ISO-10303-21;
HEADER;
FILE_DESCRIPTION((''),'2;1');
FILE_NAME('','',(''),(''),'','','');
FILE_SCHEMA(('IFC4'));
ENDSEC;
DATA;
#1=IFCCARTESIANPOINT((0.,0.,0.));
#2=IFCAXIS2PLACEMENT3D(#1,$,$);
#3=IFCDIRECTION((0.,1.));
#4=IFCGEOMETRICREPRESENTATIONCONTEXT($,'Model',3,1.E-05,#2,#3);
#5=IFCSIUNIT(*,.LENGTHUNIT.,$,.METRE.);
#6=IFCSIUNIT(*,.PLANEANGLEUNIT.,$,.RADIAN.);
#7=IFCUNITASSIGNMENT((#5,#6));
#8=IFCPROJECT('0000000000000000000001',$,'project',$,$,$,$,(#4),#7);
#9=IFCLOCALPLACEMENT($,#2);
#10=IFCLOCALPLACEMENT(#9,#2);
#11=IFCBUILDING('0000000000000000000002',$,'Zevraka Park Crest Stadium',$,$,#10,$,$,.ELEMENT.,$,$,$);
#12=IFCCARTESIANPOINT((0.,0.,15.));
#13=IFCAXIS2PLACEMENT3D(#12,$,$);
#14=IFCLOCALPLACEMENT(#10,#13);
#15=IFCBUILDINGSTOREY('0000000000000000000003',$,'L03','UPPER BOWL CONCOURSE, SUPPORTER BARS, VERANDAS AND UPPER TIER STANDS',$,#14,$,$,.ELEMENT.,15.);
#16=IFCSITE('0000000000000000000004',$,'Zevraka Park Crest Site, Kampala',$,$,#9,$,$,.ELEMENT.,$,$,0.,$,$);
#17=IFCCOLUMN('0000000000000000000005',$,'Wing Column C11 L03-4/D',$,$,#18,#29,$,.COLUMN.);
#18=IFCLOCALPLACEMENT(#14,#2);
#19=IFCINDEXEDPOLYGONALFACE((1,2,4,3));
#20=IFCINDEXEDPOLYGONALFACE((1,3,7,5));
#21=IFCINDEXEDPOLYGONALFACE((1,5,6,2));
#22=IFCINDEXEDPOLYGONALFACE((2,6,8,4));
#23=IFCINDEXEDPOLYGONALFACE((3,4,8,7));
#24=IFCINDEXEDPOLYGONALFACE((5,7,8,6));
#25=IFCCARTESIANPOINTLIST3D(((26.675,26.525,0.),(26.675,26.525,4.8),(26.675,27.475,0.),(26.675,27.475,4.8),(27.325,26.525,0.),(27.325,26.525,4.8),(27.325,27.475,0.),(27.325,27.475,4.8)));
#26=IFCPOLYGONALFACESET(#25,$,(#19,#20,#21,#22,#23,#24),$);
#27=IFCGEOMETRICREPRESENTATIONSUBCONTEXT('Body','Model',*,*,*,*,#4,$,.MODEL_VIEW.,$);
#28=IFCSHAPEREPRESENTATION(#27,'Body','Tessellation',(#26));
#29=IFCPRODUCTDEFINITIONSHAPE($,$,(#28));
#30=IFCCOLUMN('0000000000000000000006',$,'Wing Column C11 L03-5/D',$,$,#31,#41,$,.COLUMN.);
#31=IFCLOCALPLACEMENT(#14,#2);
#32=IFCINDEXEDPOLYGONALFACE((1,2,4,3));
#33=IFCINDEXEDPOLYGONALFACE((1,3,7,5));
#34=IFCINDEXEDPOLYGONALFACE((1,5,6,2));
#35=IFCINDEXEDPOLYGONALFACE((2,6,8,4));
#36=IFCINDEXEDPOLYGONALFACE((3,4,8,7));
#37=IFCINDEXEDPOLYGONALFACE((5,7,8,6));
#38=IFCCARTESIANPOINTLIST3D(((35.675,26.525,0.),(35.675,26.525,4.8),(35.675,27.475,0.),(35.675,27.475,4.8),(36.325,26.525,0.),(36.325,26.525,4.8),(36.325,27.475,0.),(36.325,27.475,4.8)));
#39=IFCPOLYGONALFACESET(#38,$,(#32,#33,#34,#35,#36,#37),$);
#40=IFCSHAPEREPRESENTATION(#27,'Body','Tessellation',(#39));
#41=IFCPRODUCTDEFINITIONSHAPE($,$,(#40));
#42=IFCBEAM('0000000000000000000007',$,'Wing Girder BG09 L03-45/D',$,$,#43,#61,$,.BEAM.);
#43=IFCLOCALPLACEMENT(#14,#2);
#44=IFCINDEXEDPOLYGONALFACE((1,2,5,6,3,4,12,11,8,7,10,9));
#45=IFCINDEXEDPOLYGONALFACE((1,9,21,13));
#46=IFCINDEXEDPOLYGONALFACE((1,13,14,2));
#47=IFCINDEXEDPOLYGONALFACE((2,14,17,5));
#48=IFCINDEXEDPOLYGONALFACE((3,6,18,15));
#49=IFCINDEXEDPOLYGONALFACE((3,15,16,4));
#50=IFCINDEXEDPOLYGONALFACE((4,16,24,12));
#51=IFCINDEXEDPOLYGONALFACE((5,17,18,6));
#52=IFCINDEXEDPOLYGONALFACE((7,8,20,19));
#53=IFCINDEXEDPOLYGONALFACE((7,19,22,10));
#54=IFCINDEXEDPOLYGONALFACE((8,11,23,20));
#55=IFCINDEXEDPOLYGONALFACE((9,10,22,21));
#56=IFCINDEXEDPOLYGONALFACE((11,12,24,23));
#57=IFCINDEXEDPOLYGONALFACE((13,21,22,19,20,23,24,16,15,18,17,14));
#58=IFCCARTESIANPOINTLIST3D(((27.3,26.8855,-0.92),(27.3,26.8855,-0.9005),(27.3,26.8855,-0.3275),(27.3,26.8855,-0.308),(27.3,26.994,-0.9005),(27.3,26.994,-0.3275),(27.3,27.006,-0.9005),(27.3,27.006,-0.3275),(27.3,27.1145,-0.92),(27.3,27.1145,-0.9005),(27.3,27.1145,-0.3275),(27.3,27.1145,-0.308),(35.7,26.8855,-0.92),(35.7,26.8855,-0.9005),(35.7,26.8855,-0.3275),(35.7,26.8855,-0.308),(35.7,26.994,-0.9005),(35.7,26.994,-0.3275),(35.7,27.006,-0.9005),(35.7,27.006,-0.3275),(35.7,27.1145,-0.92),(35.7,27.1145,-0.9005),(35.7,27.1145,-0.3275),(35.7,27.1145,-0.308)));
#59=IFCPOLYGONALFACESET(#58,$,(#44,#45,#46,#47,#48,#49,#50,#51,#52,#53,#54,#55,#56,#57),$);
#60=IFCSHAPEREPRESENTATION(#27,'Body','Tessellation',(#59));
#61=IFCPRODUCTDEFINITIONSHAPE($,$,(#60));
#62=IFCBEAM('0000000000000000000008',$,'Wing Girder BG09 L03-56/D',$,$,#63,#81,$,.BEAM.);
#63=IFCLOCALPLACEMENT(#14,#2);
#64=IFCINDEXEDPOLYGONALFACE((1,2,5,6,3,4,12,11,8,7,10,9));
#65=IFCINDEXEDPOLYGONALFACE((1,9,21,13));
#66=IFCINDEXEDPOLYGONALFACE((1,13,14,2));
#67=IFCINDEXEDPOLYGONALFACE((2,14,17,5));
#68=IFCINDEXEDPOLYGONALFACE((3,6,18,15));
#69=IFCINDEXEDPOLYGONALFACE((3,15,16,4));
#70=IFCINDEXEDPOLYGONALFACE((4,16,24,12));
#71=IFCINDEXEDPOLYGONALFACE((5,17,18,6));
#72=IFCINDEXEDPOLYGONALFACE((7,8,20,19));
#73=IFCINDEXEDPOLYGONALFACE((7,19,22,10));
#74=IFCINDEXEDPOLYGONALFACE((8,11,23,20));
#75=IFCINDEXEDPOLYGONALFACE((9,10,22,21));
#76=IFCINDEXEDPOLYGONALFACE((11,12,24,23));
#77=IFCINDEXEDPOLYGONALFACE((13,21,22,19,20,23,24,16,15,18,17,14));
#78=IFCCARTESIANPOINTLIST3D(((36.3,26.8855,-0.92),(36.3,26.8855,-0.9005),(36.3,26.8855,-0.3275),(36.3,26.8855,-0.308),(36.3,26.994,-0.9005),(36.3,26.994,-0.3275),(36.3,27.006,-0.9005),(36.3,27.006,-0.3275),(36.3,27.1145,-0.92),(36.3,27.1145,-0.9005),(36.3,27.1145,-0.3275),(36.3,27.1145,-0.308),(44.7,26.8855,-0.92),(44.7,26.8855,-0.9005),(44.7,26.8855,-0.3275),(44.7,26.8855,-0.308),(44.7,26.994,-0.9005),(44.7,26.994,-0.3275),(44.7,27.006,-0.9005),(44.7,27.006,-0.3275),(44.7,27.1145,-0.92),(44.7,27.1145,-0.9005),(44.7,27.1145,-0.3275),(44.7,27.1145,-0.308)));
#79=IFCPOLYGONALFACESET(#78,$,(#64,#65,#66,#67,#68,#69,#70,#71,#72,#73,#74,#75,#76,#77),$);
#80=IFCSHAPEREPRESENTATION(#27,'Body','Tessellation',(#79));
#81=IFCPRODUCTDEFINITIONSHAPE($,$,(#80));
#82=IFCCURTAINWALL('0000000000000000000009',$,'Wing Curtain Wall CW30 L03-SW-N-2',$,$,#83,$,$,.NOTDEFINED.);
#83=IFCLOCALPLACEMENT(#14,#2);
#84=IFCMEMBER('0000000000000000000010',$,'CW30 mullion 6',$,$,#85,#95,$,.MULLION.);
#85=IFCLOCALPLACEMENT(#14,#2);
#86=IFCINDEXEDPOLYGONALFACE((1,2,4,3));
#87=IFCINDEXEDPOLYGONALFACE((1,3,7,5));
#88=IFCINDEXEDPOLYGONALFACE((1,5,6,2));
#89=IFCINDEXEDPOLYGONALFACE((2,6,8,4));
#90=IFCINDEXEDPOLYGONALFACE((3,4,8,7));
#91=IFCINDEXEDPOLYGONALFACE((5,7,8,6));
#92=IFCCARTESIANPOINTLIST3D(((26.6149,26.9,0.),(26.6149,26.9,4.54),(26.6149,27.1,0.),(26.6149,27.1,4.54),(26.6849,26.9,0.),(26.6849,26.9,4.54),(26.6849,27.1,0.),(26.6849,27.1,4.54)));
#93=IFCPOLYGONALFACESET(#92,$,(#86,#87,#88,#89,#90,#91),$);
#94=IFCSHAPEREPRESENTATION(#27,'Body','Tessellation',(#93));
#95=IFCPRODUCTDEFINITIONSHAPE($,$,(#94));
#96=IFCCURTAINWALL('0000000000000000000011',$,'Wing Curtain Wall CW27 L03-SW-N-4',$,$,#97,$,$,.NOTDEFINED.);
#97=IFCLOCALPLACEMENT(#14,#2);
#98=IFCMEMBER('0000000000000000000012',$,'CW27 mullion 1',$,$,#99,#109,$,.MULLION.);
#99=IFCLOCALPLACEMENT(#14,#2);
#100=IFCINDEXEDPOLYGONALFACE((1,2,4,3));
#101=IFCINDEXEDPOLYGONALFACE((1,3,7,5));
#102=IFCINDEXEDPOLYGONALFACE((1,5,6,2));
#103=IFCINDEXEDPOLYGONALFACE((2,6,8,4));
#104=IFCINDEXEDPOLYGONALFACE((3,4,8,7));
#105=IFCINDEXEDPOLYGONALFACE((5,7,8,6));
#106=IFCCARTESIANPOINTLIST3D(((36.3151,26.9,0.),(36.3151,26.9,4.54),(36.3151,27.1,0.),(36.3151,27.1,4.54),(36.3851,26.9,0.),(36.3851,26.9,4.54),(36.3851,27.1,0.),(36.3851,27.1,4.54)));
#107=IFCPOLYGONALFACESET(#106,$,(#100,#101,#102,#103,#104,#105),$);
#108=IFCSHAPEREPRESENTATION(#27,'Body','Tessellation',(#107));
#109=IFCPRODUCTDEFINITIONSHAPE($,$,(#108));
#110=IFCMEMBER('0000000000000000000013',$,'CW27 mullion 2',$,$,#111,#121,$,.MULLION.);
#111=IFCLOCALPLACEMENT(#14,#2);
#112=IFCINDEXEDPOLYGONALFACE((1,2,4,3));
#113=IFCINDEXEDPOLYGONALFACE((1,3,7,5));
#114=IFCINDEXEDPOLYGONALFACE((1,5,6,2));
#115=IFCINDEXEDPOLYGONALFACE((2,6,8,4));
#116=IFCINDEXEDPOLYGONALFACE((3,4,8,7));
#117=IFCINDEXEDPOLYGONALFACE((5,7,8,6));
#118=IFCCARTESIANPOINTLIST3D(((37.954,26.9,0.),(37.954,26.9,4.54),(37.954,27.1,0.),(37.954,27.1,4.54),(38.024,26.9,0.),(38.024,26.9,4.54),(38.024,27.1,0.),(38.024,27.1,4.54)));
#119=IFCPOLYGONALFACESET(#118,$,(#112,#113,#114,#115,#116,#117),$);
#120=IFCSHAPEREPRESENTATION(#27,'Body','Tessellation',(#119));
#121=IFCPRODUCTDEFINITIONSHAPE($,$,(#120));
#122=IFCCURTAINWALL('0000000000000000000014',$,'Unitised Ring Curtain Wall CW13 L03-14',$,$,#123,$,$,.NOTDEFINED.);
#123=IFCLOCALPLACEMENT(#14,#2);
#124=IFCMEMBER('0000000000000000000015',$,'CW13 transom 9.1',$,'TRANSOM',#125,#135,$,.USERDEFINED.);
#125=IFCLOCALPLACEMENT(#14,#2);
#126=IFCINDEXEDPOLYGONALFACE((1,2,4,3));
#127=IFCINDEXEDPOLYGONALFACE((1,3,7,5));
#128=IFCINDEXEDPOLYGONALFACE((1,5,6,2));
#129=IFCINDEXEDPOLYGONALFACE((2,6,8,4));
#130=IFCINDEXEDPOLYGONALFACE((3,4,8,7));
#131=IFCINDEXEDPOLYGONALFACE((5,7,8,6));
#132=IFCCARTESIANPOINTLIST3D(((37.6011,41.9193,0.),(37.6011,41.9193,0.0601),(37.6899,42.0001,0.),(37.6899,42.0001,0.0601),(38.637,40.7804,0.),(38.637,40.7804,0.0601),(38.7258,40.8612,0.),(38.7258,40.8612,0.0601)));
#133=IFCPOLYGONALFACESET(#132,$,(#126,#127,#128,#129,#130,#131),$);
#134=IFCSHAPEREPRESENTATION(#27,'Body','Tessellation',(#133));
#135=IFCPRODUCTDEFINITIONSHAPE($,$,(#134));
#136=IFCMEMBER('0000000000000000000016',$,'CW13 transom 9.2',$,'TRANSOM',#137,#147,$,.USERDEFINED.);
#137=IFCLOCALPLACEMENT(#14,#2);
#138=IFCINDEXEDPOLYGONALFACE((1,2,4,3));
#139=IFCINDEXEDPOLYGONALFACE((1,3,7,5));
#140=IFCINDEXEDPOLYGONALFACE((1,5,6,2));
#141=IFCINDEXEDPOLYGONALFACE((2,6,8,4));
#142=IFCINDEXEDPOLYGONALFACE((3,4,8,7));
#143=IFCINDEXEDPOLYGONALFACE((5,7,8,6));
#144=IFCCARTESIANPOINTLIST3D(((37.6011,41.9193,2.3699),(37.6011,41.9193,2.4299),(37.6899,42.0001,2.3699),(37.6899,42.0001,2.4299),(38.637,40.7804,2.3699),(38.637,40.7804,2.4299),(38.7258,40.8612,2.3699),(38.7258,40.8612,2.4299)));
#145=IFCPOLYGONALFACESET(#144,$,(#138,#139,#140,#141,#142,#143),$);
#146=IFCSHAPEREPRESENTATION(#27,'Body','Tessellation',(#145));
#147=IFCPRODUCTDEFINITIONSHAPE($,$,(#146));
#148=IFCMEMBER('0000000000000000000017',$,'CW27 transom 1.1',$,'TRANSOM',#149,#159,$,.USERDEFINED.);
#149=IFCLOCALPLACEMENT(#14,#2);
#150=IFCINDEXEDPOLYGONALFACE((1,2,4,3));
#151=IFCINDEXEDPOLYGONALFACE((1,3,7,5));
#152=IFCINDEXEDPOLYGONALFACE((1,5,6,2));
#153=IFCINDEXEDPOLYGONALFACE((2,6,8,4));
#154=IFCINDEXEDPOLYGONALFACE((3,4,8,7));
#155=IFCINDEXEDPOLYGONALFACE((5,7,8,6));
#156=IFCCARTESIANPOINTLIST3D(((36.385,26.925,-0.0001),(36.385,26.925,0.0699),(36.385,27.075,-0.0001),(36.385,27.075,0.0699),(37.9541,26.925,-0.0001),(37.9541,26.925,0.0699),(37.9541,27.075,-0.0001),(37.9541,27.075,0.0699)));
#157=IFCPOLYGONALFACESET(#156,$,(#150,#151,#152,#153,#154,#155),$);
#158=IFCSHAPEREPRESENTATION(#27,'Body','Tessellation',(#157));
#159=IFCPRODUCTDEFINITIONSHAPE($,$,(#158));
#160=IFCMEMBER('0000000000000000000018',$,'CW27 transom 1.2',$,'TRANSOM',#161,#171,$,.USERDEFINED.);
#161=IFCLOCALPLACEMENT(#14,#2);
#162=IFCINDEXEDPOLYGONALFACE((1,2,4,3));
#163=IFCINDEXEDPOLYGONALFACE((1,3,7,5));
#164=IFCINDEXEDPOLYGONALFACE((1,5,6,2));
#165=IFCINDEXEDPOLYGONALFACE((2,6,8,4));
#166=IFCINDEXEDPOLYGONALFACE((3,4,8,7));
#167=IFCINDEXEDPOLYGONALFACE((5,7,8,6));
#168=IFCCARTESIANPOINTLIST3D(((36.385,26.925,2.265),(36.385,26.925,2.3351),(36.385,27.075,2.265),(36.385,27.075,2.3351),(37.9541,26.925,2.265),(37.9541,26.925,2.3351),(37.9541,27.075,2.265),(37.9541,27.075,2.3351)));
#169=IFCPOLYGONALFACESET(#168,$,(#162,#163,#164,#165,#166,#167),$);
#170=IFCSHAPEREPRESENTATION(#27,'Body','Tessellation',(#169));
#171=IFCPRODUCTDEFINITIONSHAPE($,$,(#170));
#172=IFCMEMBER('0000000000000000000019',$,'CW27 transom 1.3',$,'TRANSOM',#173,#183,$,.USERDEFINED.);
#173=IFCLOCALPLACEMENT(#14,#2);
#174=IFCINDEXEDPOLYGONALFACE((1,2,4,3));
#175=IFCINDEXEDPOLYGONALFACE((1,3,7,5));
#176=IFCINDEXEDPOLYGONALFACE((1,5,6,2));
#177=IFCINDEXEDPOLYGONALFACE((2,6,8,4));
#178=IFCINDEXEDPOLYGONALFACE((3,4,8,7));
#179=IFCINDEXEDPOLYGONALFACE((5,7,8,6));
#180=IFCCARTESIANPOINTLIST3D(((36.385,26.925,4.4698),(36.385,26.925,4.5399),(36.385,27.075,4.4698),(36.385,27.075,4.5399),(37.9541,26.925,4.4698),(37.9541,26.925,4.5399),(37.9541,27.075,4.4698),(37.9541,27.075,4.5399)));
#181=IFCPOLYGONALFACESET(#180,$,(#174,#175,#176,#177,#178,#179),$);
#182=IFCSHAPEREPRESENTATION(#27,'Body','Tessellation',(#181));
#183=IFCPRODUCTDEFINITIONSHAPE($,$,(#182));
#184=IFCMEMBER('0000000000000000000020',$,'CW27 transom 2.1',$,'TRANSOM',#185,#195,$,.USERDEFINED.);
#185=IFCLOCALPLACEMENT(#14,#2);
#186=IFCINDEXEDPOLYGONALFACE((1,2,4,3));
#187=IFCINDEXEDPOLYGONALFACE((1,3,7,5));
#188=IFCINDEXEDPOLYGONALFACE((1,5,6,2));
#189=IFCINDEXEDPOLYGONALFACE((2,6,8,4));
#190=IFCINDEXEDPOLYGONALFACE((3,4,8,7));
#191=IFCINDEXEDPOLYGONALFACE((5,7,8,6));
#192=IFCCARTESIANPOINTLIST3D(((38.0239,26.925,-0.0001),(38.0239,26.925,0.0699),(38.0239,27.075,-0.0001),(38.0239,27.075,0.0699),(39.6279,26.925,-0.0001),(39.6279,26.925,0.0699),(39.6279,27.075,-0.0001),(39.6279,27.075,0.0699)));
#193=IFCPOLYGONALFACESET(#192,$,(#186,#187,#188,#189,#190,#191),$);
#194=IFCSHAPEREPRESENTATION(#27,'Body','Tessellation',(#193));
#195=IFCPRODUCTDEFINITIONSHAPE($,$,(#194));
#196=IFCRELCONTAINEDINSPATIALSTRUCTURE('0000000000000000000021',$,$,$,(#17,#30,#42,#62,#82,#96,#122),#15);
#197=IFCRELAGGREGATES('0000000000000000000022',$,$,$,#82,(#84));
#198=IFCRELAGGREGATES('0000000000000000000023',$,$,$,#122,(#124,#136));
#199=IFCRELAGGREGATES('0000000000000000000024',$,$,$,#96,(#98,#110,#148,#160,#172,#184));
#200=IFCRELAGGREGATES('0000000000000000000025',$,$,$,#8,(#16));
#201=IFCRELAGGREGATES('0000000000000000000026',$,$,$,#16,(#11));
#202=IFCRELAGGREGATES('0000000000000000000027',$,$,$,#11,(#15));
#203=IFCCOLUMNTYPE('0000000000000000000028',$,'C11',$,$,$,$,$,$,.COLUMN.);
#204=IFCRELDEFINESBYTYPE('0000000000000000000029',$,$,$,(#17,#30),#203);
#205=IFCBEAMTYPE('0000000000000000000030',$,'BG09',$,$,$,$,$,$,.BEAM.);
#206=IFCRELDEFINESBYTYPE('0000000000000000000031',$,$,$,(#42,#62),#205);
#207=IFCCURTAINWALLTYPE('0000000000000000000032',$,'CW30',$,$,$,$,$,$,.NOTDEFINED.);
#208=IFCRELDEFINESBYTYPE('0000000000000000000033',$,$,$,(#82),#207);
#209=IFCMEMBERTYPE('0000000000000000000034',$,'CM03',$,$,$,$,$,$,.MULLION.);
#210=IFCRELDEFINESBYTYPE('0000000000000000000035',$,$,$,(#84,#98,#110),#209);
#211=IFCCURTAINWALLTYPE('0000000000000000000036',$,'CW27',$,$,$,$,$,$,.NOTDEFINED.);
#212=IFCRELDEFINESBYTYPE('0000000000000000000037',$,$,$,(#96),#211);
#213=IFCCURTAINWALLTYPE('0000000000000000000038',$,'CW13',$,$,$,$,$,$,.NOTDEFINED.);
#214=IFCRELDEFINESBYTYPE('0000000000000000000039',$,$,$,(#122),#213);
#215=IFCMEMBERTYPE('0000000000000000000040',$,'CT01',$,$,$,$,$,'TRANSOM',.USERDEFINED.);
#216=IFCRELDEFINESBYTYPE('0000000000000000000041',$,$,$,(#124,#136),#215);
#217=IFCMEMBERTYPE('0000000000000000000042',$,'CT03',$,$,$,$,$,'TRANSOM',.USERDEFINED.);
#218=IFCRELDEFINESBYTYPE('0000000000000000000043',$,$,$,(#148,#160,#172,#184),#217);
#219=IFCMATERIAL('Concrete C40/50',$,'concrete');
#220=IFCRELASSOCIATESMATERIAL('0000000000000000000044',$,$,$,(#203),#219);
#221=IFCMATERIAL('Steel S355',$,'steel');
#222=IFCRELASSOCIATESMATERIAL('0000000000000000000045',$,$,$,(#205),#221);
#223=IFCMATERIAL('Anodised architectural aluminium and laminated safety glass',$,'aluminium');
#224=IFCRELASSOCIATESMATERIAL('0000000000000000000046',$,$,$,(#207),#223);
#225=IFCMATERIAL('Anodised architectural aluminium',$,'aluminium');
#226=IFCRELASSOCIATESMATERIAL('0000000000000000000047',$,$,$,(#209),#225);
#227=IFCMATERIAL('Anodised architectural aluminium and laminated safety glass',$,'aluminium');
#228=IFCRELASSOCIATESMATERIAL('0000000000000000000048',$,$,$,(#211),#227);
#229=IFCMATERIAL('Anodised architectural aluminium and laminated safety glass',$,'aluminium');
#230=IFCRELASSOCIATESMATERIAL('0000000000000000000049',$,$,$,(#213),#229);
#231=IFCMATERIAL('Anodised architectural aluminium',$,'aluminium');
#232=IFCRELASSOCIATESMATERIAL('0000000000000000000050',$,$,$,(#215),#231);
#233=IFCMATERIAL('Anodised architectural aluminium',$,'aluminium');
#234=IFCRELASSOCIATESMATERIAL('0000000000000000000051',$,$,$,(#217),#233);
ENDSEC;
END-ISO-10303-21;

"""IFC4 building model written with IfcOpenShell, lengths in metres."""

from ifc_helpers import new_model, si_unit, direction, frame, origin, origin_2d, place, context, subcontext, project, spatial, rectangle, i_section, extrude, material, material_profile, profile_set, type_object, element, aggregate, save


model = new_model("IFC4")

# Units and contexts
model_context = context("Model", 3, precision=1e-05, world=origin(), true_north=direction((0.0, 1.0)))
body_context = subcontext(model_context, "Body", "Model", "MODEL_VIEW")
ifc_project = project(units=[si_unit("LENGTHUNIT", "METRE"), si_unit("PLANEANGLEUNIT", "RADIAN")], contexts=[model_context])

# Site, building, storey
site_placement = place(None, origin())
site = spatial("IfcSite", under=ifc_project, at=site_placement, Name="Zevraka Park Crest Site, Kampala", CompositionType="ELEMENT", RefElevation=0.0)
building_placement = place(site_placement, origin())
building = spatial("IfcBuilding", under=site, at=building_placement, Name="Zevraka Park Crest Stadium", CompositionType="ELEMENT")
storey_placement = place(building_placement, frame((0.0, 0.0, 15.0)))
storey = spatial("IfcBuildingStorey", under=building, at=storey_placement, Name="L03", Description="UPPER BOWL CONCOURSE, SUPPORTER BARS, VERANDAS AND UPPER TIER STANDS", CompositionType="ELEMENT", Elevation=15.0)

# Columns
ifc_material_1 = material(Name="Concrete C40/50", Category="concrete")
ifc_material_profile_1 = material_profile(ifc_material_1, rectangle(XDim=0.6499, YDim=0.95, at=origin_2d()), Name="RC 950x650")
ifc_profile_set_1 = profile_set([ifc_material_profile_1], Name="Concrete C40/50")
column_type = type_object("IfcColumnType", Name="C11", PredefinedType="COLUMN", material=ifc_profile_set_1)
for number, where, z_axis, x_axis, name in (
    (1, (27.0, 27.0, 0.0), (0.0, 0.0, 1.0), (1.0, 0.0, 0.0), "Wing Column C11 L03-4/D"),
    (2, (36.0, 27.0, 0.0), (0.0, 0.0, 1.0), (1.0, 0.0, 0.0), "Wing Column C11 L03-5/D"),
):
    element("IfcColumn", number, at=place(storey_placement, frame(where, z_axis=z_axis, x_axis=x_axis)), inside=storey, type_object=column_type, Name=name, PredefinedType="COLUMN", context=body_context, shape_type="SweptSolid", body=[
        extrude(rectangle(XDim=0.6499, YDim=0.95, at=origin_2d()), origin(), (0.0, 0.0, 1.0), 4.8),
    ])

# Beams
ifc_material_2 = material(Name="Steel S355", Category="steel")
ifc_material_profile_2 = material_profile(ifc_material_2, i_section(OverallWidth=0.229, OverallDepth=0.6121, WebThickness=0.012, FlangeThickness=0.0195, at=origin_2d()), Name="UKB 610x229x125")
ifc_profile_set_2 = profile_set([ifc_material_profile_2], Name="Steel S355")
beam_type = type_object("IfcBeamType", Name="BG09", PredefinedType="BEAM", material=ifc_profile_set_2)
for number, where, z_axis, x_axis, name in (
    (3, (27.3, 27.0, -0.614), (1.0, 0.0, 0.0), (0.0, 1.0, 0.0), "Wing Girder BG09 L03-45/D"),
    (4, (36.3, 27.0, -0.614), (1.0, 0.0, 0.0), (0.0, 1.0, 0.0), "Wing Girder BG09 L03-56/D"),
):
    element("IfcBeam", number, at=place(storey_placement, frame(where, z_axis=z_axis, x_axis=x_axis)), inside=storey, type_object=beam_type, Name=name, PredefinedType="BEAM", context=body_context, shape_type="SweptSolid", body=[
        extrude(i_section(OverallWidth=0.229, OverallDepth=0.6121, WebThickness=0.012, FlangeThickness=0.0195, at=origin_2d()), origin(), (0.0, 0.0, 1.0), 8.3999),
    ])

# Curtain wall, member
ifc_material_3 = material(Name="Anodised architectural aluminium and laminated safety glass", Category="aluminium")
curtain_wall_type_1 = type_object("IfcCurtainWallType", Name="CW30", PredefinedType="NOTDEFINED", material=ifc_material_3)
curtain_wall_1_placement = place(storey_placement, origin())
curtain_wall_1 = element("IfcCurtainWall", 5, at=curtain_wall_1_placement, inside=storey, type_object=curtain_wall_type_1, Name="Wing Curtain Wall CW30 L03-SW-N-2", PredefinedType="NOTDEFINED")
ifc_material_4 = material(Name="Anodised architectural aluminium", Category="aluminium")
ifc_material_profile_3 = material_profile(ifc_material_4, rectangle(XDim=0.2, YDim=0.0701, at=origin_2d()), Name="ALU MULLION 200x70")
ifc_profile_set_3 = profile_set([ifc_material_profile_3], Name="Anodised architectural aluminium")
member_type_1 = type_object("IfcMemberType", Name="CM03", PredefinedType="MULLION", material=ifc_profile_set_3)
member_1_placement = place(storey_placement, frame((26.6499, 27.0, 0.0), z_axis=(0.0, 0.0, 1.0), x_axis=(0.0, 1.0, 0.0)))
member_1 = element("IfcMember", 6, at=member_1_placement, type_object=member_type_1, Name="CW30 mullion 6", PredefinedType="MULLION", context=body_context, shape_type="SweptSolid", body=[
    extrude(rectangle(XDim=0.2, YDim=0.0701, at=origin_2d()), origin(), (0.0, 0.0, 1.0), 4.54),
])
aggregate(curtain_wall_1, [member_1])

# Curtain walls, members
ifc_material_5 = material(Name="Anodised architectural aluminium and laminated safety glass", Category="aluminium")
curtain_wall_type_2 = type_object("IfcCurtainWallType", Name="CW27", PredefinedType="NOTDEFINED", material=ifc_material_5)
curtain_wall_2_placement = place(storey_placement, origin())
curtain_wall_2 = element("IfcCurtainWall", 7, at=curtain_wall_2_placement, inside=storey, type_object=curtain_wall_type_2, Name="Wing Curtain Wall CW27 L03-SW-N-4", PredefinedType="NOTDEFINED")
member_2_placement = place(storey_placement, frame((36.3501, 27.0, 0.0), z_axis=(0.0, 0.0, 1.0), x_axis=(0.0, 1.0, 0.0)))
member_2 = element("IfcMember", 8, at=member_2_placement, type_object=member_type_1, Name="CW27 mullion 1", PredefinedType="MULLION", context=body_context, shape_type="SweptSolid", body=[
    extrude(rectangle(XDim=0.2, YDim=0.0701, at=origin_2d()), origin(), (0.0, 0.0, 1.0), 4.54),
])
member_3_placement = place(storey_placement, frame((37.989, 27.0, 0.0), z_axis=(0.0, 0.0, 1.0), x_axis=(0.0, 1.0, 0.0)))
member_3 = element("IfcMember", 9, at=member_3_placement, type_object=member_type_1, Name="CW27 mullion 2", PredefinedType="MULLION", context=body_context, shape_type="SweptSolid", body=[
    extrude(rectangle(XDim=0.2, YDim=0.0701, at=origin_2d()), origin(), (0.0, 0.0, 1.0), 4.54),
])
ifc_material_6 = material(Name="Anodised architectural aluminium and laminated safety glass", Category="aluminium")
curtain_wall_type_3 = type_object("IfcCurtainWallType", Name="CW13", PredefinedType="NOTDEFINED", material=ifc_material_6)
curtain_wall_3_placement = place(storey_placement, origin())
curtain_wall_3 = element("IfcCurtainWall", 10, at=curtain_wall_3_placement, inside=storey, type_object=curtain_wall_type_3, Name="Unitised Ring Curtain Wall CW13 L03-14", PredefinedType="NOTDEFINED")
ifc_material_7 = material(Name="Anodised architectural aluminium", Category="aluminium")
ifc_material_profile_4 = material_profile(ifc_material_7, rectangle(XDim=0.1201, YDim=0.0601, at=origin_2d()), Name="ALU TRANSOM 120x60")
ifc_profile_set_4 = profile_set([ifc_material_profile_4], Name="Anodised architectural aluminium")
member_type_2 = type_object("IfcMemberType", Name="CT01", ElementType="TRANSOM", PredefinedType="USERDEFINED", material=ifc_profile_set_4)
member_4_placement = place(storey_placement, frame((37.6455, 41.9597, 0.03), z_axis=(0.672854, -0.739775, 0.0), x_axis=(0.739775, 0.672854, 0.0)))
member_4 = element("IfcMember", 11, at=member_4_placement, type_object=member_type_2, Name="CW13 transom 9.1", ObjectType="TRANSOM", PredefinedType="USERDEFINED", context=body_context, shape_type="SweptSolid", body=[
    extrude(rectangle(XDim=0.1201, YDim=0.0601, at=origin_2d()), origin(), (0.0, 0.0, 1.0), 1.5396),
])
member_5_placement = place(storey_placement, frame((37.6455, 41.9597, 2.3999), z_axis=(0.672854, -0.739775, 0.0), x_axis=(0.739775, 0.672854, 0.0)))
member_5 = element("IfcMember", 12, at=member_5_placement, type_object=member_type_2, Name="CW13 transom 9.2", ObjectType="TRANSOM", PredefinedType="USERDEFINED", context=body_context, shape_type="SweptSolid", body=[
    extrude(rectangle(XDim=0.1201, YDim=0.0601, at=origin_2d()), origin(), (0.0, 0.0, 1.0), 1.5396),
])
aggregate(curtain_wall_3, [member_4, member_5])

# Members
ifc_material_8 = material(Name="Anodised architectural aluminium", Category="aluminium")
ifc_material_profile_5 = material_profile(ifc_material_8, rectangle(XDim=0.1499, YDim=0.0701, at=origin_2d()), Name="ALU TRANSOM 150x70")
ifc_profile_set_5 = profile_set([ifc_material_profile_5], Name="Anodised architectural aluminium")
member_type_3 = type_object("IfcMemberType", Name="CT03", ElementType="TRANSOM", PredefinedType="USERDEFINED", material=ifc_profile_set_5)
member_6_placement = place(storey_placement, frame((36.385, 27.0, 0.0349), z_axis=(1.0, 0.0, 0.0), x_axis=(0.0, 1.0, 0.0)))
member_6 = element("IfcMember", 13, at=member_6_placement, type_object=member_type_3, Name="CW27 transom 1.1", ObjectType="TRANSOM", PredefinedType="USERDEFINED", context=body_context, shape_type="SweptSolid", body=[
    extrude(rectangle(XDim=0.1499, YDim=0.0701, at=origin_2d()), origin(), (0.0, 0.0, 1.0), 1.5691),
])
member_7_placement = place(storey_placement, frame((36.385, 27.0, 2.3), z_axis=(1.0, 0.0, 0.0), x_axis=(0.0, 1.0, 0.0)))
member_7 = element("IfcMember", 14, at=member_7_placement, type_object=member_type_3, Name="CW27 transom 1.2", ObjectType="TRANSOM", PredefinedType="USERDEFINED", context=body_context, shape_type="SweptSolid", body=[
    extrude(rectangle(XDim=0.1499, YDim=0.0701, at=origin_2d()), origin(), (0.0, 0.0, 1.0), 1.5691),
])
member_8_placement = place(storey_placement, frame((36.385, 27.0, 4.5049), z_axis=(1.0, 0.0, 0.0), x_axis=(0.0, 1.0, 0.0)))
member_8 = element("IfcMember", 15, at=member_8_placement, type_object=member_type_3, Name="CW27 transom 1.3", ObjectType="TRANSOM", PredefinedType="USERDEFINED", context=body_context, shape_type="SweptSolid", body=[
    extrude(rectangle(XDim=0.1499, YDim=0.0701, at=origin_2d()), origin(), (0.0, 0.0, 1.0), 1.5691),
])
member_9_placement = place(storey_placement, frame((38.0239, 27.0, 0.0349), z_axis=(1.0, 0.0, 0.0), x_axis=(0.0, 1.0, 0.0)))
member_9 = element("IfcMember", 16, at=member_9_placement, type_object=member_type_3, Name="CW27 transom 2.1", ObjectType="TRANSOM", PredefinedType="USERDEFINED", context=body_context, shape_type="SweptSolid", body=[
    extrude(rectangle(XDim=0.1499, YDim=0.0701, at=origin_2d()), origin(), (0.0, 0.0, 1.0), 1.604),
])

aggregate(curtain_wall_2, [member_2, member_3, member_6, member_7, member_8, member_9])

save(model, "model.ifc")
